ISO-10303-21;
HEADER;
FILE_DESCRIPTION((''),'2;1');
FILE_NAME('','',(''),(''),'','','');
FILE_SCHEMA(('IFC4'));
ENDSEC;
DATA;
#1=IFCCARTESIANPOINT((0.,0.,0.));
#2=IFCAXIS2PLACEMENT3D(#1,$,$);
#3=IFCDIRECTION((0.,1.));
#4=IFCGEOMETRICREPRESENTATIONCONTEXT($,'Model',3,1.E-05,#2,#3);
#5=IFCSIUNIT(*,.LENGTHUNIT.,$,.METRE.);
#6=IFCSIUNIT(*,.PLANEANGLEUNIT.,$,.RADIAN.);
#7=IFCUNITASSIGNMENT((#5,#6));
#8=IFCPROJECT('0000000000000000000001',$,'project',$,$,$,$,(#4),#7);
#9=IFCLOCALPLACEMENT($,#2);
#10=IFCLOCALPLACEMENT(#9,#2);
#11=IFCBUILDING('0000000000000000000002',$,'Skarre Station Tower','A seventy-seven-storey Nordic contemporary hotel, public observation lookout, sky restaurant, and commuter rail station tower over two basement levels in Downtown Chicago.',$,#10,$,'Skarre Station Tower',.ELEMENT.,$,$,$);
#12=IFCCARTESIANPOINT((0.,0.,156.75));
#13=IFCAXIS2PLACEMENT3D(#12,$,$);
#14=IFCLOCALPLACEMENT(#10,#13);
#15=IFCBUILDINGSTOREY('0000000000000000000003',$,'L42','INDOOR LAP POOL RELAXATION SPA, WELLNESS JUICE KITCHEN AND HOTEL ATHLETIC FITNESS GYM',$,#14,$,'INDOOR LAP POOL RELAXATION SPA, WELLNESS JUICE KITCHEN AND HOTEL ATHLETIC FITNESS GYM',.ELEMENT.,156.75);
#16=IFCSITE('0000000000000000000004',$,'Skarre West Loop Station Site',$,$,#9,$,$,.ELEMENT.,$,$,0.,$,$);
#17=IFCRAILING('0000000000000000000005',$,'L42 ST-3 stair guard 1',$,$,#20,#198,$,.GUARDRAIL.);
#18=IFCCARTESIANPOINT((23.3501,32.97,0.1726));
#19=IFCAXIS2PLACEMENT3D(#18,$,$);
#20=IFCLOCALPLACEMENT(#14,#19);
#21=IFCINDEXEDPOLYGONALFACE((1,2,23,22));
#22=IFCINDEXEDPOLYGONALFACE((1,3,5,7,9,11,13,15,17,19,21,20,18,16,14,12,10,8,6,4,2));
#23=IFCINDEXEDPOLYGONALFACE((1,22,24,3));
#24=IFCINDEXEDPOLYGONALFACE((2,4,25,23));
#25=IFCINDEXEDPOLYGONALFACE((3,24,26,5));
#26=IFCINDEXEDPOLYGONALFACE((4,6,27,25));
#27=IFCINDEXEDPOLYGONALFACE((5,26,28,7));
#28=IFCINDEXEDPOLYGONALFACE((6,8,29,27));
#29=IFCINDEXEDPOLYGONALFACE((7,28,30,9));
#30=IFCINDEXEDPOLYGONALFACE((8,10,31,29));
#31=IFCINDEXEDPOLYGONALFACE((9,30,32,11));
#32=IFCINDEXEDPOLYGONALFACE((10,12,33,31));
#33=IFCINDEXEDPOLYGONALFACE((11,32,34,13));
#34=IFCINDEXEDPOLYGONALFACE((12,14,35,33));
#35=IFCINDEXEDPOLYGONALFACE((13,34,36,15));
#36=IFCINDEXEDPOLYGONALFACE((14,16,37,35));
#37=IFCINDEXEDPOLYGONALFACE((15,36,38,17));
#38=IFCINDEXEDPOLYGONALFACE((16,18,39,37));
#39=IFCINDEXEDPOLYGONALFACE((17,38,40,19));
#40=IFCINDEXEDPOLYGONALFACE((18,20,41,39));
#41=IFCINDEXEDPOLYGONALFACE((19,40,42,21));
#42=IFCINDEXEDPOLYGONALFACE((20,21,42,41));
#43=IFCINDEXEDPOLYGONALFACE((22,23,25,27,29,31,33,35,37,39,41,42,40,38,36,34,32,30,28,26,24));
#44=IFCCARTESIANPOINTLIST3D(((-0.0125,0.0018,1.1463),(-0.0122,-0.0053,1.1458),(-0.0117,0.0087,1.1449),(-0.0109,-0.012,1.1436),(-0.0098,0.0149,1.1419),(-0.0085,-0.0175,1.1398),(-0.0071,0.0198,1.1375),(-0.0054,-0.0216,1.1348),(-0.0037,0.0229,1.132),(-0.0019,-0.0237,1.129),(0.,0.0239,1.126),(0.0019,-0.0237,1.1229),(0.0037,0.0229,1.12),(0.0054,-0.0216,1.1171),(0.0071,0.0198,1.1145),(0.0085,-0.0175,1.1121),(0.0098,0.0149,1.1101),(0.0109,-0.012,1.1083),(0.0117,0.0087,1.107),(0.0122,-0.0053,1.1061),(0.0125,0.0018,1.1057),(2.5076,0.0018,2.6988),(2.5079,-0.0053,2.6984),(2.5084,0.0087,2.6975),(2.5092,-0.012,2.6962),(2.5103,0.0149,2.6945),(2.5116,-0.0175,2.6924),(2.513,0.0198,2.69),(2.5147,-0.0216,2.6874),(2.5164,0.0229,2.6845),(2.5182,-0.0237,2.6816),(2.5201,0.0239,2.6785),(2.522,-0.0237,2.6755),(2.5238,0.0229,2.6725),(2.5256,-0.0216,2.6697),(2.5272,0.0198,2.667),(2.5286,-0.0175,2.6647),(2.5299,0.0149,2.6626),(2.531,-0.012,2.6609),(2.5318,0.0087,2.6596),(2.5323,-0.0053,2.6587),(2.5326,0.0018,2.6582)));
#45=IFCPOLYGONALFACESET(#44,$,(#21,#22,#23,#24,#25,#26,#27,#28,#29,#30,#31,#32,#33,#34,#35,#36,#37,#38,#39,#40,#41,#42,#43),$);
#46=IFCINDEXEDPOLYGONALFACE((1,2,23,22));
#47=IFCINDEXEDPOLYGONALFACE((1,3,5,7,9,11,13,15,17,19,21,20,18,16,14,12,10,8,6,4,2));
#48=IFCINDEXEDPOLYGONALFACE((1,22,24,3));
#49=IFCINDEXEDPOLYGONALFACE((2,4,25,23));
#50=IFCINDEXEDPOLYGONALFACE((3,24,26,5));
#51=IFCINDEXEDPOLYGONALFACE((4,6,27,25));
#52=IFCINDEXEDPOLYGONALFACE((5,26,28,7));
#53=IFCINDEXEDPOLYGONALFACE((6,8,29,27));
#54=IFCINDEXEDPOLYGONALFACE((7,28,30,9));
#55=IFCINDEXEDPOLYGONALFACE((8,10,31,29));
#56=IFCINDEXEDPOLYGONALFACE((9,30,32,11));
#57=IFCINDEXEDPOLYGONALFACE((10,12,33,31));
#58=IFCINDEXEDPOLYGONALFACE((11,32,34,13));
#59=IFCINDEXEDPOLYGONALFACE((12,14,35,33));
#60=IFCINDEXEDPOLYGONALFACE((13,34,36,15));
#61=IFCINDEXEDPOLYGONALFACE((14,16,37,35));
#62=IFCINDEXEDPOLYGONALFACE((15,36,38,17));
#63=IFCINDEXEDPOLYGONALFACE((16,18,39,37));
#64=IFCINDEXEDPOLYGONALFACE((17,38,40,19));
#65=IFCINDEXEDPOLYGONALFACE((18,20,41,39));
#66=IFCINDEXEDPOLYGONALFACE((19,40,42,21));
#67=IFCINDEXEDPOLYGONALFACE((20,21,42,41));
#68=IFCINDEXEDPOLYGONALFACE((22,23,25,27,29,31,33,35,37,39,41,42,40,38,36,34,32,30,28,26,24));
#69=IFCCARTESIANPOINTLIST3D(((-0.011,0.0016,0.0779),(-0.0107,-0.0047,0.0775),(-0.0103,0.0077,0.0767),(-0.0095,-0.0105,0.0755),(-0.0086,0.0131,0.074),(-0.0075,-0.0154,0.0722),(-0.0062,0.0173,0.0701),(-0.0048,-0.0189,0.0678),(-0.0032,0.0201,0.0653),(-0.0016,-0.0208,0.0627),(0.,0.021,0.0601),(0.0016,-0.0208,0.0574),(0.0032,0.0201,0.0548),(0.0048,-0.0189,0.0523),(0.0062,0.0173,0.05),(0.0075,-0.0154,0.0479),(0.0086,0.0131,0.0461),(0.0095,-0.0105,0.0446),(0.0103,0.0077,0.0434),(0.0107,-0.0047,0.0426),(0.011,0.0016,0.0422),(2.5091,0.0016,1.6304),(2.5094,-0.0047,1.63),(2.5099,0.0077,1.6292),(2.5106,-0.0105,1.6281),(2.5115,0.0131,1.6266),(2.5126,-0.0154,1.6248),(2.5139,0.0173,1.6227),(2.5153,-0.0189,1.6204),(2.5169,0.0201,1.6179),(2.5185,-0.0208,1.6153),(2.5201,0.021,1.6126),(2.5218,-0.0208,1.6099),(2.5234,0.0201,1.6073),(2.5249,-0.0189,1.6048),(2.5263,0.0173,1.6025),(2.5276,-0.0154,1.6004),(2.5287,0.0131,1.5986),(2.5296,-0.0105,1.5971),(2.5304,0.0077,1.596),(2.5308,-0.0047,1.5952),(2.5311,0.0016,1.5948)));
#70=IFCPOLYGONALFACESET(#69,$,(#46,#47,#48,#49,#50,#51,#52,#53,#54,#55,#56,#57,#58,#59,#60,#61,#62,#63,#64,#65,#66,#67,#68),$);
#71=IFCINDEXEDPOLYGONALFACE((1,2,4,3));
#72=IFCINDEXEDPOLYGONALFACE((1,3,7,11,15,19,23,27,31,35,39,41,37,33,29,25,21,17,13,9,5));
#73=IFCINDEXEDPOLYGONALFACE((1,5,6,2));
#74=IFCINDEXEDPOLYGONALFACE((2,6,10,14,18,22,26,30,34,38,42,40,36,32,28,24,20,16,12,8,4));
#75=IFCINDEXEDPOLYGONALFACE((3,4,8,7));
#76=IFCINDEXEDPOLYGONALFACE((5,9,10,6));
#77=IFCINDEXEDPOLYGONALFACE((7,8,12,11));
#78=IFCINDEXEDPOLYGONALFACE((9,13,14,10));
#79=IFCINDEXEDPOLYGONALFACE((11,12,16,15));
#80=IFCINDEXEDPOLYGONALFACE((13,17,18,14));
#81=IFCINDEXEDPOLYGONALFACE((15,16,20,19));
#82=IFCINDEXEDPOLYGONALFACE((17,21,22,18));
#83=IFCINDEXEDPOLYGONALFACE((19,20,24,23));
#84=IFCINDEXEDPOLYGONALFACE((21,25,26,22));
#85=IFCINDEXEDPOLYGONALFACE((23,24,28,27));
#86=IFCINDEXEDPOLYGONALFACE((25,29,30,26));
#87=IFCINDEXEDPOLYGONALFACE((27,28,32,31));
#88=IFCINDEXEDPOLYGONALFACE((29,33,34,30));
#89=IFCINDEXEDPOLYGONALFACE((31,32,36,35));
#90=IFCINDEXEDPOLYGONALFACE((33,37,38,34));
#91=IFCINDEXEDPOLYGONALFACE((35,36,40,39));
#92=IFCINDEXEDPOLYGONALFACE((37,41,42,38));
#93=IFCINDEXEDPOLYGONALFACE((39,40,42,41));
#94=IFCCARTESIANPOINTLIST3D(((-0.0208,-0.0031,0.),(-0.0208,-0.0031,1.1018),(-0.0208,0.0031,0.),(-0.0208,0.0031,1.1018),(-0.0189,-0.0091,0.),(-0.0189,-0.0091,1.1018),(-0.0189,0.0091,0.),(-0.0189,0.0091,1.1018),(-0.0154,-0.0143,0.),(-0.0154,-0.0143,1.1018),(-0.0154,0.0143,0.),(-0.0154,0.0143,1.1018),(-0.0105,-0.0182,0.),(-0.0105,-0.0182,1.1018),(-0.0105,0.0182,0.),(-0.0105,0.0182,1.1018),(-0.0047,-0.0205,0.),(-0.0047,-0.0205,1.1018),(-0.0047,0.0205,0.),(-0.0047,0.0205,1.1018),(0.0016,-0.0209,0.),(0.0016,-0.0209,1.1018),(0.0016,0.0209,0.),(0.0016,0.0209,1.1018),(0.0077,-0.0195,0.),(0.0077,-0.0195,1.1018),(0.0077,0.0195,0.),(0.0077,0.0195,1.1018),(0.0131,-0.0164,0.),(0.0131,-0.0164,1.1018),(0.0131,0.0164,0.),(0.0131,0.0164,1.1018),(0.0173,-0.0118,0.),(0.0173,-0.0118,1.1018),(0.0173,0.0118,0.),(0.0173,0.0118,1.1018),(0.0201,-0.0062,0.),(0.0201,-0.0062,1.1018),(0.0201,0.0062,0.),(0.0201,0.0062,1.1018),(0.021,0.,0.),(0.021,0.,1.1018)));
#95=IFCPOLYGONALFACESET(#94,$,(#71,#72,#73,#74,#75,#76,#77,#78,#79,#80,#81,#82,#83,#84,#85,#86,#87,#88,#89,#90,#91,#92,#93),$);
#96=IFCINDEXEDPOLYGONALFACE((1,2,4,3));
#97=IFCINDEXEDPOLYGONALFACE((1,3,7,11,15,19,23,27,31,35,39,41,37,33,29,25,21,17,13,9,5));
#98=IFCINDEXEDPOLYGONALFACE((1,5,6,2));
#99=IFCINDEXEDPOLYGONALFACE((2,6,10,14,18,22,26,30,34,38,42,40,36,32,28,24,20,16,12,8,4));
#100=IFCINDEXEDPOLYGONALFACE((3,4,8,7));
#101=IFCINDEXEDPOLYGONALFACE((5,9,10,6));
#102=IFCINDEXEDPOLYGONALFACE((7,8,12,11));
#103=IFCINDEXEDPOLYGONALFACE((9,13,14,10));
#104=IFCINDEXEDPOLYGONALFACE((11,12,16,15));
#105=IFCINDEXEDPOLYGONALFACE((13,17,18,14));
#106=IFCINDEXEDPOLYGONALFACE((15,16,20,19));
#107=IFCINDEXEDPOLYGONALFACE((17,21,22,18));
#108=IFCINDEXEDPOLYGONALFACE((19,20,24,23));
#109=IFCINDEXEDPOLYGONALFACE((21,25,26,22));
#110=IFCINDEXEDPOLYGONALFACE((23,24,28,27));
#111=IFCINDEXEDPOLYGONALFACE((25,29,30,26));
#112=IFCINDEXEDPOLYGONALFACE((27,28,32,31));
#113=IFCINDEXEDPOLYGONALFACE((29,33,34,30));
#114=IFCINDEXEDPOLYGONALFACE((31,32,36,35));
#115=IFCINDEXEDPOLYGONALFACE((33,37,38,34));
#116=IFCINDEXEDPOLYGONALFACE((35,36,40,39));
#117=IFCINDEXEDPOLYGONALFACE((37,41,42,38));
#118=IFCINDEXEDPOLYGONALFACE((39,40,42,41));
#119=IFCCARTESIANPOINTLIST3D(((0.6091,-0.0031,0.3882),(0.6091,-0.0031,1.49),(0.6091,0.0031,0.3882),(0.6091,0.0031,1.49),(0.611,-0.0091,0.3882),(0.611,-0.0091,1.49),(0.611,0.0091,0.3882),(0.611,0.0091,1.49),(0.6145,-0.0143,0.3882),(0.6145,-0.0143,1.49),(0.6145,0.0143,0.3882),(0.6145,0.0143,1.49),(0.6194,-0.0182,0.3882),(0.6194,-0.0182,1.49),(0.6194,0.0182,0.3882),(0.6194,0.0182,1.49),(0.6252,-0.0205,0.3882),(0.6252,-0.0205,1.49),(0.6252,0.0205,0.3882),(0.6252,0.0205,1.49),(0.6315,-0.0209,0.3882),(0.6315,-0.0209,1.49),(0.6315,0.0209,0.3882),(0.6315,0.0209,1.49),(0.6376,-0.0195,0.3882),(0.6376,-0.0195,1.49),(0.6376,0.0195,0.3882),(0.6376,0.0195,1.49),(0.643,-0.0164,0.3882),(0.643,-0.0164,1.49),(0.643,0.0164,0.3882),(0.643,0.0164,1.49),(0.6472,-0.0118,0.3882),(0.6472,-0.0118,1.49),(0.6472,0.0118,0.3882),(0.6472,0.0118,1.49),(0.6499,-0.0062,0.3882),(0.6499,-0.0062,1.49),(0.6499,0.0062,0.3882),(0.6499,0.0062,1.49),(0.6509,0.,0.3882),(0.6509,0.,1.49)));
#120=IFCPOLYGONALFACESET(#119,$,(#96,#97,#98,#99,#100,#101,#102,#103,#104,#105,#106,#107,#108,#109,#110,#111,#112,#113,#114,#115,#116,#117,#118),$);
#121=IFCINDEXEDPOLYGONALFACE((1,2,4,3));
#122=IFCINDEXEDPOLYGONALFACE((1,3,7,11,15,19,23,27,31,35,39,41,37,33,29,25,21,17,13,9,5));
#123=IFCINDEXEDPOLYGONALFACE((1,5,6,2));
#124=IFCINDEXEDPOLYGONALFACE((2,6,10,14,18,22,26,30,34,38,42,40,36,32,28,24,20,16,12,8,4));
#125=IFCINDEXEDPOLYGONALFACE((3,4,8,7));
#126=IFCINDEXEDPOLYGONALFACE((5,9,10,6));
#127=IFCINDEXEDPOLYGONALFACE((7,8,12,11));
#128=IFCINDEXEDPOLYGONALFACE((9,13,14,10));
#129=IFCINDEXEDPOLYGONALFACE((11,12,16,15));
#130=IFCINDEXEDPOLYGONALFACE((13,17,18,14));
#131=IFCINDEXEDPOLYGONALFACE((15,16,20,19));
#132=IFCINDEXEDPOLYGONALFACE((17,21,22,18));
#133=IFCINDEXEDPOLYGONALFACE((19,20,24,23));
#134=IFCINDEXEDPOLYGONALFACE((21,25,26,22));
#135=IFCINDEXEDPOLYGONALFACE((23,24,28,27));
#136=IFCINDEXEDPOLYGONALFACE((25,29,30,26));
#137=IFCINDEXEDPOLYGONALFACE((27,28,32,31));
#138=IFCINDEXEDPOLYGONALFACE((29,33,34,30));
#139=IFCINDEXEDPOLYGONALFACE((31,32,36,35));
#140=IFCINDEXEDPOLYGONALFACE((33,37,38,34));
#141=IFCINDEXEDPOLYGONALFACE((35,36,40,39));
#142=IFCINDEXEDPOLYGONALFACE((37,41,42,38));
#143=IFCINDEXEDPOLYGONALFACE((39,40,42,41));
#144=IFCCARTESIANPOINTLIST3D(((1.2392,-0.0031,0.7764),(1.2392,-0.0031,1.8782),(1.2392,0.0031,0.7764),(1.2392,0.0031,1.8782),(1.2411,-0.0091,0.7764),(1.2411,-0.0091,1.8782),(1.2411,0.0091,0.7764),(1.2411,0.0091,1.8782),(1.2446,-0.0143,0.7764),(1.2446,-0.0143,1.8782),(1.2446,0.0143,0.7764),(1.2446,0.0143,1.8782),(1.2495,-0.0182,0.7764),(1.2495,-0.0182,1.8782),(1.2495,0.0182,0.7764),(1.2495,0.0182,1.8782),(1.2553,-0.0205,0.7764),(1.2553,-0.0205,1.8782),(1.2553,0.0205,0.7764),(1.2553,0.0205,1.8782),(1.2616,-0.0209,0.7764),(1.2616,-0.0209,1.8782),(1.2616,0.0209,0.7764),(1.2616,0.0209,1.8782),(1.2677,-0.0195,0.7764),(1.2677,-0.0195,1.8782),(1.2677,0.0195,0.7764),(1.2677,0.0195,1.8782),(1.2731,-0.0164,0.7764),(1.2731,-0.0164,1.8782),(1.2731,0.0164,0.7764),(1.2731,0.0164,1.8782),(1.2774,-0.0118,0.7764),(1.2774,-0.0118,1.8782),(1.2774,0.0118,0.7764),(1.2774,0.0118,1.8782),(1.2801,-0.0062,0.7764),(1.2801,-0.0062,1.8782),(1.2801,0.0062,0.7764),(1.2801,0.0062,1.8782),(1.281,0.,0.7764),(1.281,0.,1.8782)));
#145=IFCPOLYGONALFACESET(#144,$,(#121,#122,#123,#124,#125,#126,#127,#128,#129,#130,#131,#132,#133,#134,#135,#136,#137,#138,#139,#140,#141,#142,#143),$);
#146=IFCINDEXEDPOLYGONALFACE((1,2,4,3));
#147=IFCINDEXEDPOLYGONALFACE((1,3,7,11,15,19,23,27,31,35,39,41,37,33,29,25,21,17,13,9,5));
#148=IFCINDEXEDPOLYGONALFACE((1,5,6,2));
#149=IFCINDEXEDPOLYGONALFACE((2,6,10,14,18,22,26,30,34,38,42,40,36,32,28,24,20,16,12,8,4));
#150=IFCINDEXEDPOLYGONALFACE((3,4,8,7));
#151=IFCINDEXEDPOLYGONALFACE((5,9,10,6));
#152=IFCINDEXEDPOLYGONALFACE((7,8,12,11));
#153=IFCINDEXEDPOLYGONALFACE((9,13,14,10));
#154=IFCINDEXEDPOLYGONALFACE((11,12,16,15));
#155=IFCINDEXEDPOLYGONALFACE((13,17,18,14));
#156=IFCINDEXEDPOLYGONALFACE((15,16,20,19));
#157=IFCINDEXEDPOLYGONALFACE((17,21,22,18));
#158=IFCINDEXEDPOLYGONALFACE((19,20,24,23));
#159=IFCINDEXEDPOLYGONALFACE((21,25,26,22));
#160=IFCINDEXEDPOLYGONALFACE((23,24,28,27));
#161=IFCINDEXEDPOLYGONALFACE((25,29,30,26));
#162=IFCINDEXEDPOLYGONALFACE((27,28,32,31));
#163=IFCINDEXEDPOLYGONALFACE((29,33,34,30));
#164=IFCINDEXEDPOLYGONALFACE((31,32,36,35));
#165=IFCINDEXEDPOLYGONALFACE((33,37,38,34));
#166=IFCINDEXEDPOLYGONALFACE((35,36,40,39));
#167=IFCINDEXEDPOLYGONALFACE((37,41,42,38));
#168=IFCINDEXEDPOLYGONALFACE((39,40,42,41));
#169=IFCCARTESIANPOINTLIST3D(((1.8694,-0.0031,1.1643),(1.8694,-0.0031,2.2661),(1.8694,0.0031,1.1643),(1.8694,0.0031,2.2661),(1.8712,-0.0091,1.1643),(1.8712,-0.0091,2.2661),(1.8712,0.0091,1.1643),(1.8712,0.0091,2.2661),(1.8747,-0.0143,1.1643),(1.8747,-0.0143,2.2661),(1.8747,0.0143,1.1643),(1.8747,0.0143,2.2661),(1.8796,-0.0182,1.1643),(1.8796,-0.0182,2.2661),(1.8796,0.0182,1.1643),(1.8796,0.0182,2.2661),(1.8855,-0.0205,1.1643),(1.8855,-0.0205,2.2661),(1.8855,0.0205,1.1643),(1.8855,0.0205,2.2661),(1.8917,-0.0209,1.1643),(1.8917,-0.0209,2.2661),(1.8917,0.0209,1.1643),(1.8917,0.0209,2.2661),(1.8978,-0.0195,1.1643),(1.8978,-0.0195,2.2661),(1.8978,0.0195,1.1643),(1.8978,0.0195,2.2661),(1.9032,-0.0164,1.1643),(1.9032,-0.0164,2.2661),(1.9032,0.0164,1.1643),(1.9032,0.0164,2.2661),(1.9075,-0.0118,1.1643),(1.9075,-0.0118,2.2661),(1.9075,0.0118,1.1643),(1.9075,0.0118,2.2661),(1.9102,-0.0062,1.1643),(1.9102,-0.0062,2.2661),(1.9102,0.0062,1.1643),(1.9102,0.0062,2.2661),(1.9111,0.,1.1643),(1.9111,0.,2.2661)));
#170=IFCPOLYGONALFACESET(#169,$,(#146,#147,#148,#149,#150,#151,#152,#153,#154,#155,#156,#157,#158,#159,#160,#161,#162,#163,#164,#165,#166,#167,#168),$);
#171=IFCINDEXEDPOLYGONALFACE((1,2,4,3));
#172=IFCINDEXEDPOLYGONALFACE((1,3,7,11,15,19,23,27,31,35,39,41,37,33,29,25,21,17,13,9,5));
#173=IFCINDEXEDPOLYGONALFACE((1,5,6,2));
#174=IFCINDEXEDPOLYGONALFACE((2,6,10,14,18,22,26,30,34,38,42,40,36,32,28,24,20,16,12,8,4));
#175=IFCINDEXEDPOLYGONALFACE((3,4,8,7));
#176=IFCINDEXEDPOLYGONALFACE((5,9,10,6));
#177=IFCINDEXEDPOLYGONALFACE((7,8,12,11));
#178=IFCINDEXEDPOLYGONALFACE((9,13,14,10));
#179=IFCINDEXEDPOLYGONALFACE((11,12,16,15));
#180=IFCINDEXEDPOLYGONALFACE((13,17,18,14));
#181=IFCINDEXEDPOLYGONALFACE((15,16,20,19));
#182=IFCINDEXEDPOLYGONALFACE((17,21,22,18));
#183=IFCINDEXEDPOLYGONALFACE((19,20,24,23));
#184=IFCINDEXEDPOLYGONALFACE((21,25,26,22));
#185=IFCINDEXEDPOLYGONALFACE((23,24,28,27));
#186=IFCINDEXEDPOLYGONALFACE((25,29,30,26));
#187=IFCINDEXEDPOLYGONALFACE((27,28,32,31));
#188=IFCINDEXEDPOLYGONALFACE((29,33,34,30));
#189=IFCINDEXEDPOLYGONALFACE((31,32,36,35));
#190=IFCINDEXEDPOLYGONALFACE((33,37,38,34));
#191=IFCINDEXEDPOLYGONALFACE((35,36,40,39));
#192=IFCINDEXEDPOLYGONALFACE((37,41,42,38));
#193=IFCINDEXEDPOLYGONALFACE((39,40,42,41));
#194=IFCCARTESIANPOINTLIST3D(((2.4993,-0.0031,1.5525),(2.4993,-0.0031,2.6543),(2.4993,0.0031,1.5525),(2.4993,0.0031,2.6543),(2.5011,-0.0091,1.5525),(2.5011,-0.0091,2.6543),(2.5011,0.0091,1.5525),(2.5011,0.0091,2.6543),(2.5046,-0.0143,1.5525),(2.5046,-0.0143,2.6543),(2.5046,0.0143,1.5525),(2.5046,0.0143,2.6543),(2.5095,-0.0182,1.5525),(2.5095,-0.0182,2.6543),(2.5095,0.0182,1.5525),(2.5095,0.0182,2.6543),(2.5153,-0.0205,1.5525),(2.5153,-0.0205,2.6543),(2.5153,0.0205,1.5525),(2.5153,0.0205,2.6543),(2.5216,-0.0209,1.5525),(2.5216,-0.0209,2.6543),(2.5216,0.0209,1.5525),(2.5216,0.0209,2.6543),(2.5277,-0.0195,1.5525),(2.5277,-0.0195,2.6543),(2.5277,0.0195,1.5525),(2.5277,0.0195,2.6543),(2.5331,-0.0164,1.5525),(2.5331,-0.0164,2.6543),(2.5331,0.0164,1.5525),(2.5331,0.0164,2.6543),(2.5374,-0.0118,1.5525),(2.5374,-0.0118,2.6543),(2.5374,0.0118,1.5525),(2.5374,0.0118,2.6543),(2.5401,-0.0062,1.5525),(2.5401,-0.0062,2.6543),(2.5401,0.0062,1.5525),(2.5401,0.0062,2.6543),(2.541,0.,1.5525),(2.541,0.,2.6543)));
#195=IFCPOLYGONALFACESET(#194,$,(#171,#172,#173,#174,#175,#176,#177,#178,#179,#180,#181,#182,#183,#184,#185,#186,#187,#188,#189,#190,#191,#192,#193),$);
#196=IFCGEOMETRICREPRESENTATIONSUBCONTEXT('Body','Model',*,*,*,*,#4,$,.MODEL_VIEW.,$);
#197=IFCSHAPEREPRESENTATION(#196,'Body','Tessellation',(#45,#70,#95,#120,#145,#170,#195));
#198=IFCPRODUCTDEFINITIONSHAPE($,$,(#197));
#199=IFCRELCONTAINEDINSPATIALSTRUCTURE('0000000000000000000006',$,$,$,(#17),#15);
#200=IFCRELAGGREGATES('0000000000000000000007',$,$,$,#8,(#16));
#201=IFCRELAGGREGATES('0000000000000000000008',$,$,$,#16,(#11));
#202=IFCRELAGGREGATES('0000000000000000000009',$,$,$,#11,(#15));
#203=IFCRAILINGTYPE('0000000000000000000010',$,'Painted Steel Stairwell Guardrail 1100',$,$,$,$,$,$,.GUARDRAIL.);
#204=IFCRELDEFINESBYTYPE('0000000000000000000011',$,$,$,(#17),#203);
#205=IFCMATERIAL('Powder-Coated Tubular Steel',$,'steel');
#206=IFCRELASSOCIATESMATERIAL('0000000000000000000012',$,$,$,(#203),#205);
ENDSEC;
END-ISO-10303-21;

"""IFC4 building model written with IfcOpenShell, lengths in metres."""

from ifc_helpers import new_model, si_unit, direction, frame, origin, origin_2d, place, context, subcontext, project, spatial, circle, extrude, material, type_object, element, save


model = new_model("IFC4")

# Units and contexts
model_context = context("Model", 3, precision=1e-05, world=origin(), true_north=direction((0.0, 1.0)))
body_context = subcontext(model_context, "Body", "Model", "MODEL_VIEW")
ifc_project = project(units=[si_unit("LENGTHUNIT", "METRE"), si_unit("PLANEANGLEUNIT", "RADIAN")], contexts=[model_context])

# Site, building, storey
site_placement = place(None, origin())
site = spatial("IfcSite", under=ifc_project, at=site_placement, Name="Skarre West Loop Station Site", CompositionType="ELEMENT", RefElevation=0.0)
building_placement = place(site_placement, origin())
building = spatial("IfcBuilding", under=site, at=building_placement, Name="Skarre Station Tower", Description="A seventy-seven-storey Nordic contemporary hotel, public observation lookout, sky restaurant, and commuter rail station tower over two basement levels in Downtown Chicago.", LongName="Skarre Station Tower", CompositionType="ELEMENT")
storey_placement = place(building_placement, frame((0.0, 0.0, 156.75)))
storey = spatial("IfcBuildingStorey", under=building, at=storey_placement, Name="L42", Description="INDOOR LAP POOL RELAXATION SPA, WELLNESS JUICE KITCHEN AND HOTEL ATHLETIC FITNESS GYM", LongName="INDOOR LAP POOL RELAXATION SPA, WELLNESS JUICE KITCHEN AND HOTEL ATHLETIC FITNESS GYM", CompositionType="ELEMENT", Elevation=156.75)

# Railing
ifc_material_1 = material(Name="Powder-Coated Tubular Steel", Category="steel")
railing_type_1 = type_object("IfcRailingType", Name="Painted Steel Stairwell Guardrail 1100", PredefinedType="GUARDRAIL", material=ifc_material_1)
railing_1_placement = place(storey_placement, frame((23.3501, 32.97, 0.1726)))
element("IfcRailing", 1, at=railing_1_placement, inside=storey, type_object=railing_type_1, Name="L42 ST-3 stair guard 1", PredefinedType="GUARDRAIL", context=body_context, shape_type="SweptSolid", body=[
    extrude(circle(Radius=0.0239, at=origin_2d()), frame((0.0, 0.0, 1.126), z_axis=(0.8514, 0.0, 0.524516), x_axis=(0.0, 1.0, 0.0)), (0.0, 0.0, 1.0), 2.96),
    extrude(circle(Radius=0.021, at=origin_2d()), frame((0.0, 0.0, 0.0601), z_axis=(0.8514, 0.0, 0.524516), x_axis=(0.0, 1.0, 0.0)), (0.0, 0.0, 1.0), 2.96),
    extrude(circle(Radius=0.021, at=origin_2d()), origin(), (0.0, 0.0, 1.0), 1.1018),
    extrude(circle(Radius=0.021, at=origin_2d()), frame((0.6299, 0.0, 0.3882)), (0.0, 0.0, 1.0), 1.1018),
    extrude(circle(Radius=0.021, at=origin_2d()), frame((1.26, 0.0, 0.7764)), (0.0, 0.0, 1.0), 1.1018),
    extrude(circle(Radius=0.021, at=origin_2d()), frame((1.8901, 0.0, 1.1643)), (0.0, 0.0, 1.0), 1.1018),
    extrude(circle(Radius=0.021, at=origin_2d()), frame((2.52, 0.0, 1.5525)), (0.0, 0.0, 1.0), 1.1018),
])

save(model, "model.ifc")
